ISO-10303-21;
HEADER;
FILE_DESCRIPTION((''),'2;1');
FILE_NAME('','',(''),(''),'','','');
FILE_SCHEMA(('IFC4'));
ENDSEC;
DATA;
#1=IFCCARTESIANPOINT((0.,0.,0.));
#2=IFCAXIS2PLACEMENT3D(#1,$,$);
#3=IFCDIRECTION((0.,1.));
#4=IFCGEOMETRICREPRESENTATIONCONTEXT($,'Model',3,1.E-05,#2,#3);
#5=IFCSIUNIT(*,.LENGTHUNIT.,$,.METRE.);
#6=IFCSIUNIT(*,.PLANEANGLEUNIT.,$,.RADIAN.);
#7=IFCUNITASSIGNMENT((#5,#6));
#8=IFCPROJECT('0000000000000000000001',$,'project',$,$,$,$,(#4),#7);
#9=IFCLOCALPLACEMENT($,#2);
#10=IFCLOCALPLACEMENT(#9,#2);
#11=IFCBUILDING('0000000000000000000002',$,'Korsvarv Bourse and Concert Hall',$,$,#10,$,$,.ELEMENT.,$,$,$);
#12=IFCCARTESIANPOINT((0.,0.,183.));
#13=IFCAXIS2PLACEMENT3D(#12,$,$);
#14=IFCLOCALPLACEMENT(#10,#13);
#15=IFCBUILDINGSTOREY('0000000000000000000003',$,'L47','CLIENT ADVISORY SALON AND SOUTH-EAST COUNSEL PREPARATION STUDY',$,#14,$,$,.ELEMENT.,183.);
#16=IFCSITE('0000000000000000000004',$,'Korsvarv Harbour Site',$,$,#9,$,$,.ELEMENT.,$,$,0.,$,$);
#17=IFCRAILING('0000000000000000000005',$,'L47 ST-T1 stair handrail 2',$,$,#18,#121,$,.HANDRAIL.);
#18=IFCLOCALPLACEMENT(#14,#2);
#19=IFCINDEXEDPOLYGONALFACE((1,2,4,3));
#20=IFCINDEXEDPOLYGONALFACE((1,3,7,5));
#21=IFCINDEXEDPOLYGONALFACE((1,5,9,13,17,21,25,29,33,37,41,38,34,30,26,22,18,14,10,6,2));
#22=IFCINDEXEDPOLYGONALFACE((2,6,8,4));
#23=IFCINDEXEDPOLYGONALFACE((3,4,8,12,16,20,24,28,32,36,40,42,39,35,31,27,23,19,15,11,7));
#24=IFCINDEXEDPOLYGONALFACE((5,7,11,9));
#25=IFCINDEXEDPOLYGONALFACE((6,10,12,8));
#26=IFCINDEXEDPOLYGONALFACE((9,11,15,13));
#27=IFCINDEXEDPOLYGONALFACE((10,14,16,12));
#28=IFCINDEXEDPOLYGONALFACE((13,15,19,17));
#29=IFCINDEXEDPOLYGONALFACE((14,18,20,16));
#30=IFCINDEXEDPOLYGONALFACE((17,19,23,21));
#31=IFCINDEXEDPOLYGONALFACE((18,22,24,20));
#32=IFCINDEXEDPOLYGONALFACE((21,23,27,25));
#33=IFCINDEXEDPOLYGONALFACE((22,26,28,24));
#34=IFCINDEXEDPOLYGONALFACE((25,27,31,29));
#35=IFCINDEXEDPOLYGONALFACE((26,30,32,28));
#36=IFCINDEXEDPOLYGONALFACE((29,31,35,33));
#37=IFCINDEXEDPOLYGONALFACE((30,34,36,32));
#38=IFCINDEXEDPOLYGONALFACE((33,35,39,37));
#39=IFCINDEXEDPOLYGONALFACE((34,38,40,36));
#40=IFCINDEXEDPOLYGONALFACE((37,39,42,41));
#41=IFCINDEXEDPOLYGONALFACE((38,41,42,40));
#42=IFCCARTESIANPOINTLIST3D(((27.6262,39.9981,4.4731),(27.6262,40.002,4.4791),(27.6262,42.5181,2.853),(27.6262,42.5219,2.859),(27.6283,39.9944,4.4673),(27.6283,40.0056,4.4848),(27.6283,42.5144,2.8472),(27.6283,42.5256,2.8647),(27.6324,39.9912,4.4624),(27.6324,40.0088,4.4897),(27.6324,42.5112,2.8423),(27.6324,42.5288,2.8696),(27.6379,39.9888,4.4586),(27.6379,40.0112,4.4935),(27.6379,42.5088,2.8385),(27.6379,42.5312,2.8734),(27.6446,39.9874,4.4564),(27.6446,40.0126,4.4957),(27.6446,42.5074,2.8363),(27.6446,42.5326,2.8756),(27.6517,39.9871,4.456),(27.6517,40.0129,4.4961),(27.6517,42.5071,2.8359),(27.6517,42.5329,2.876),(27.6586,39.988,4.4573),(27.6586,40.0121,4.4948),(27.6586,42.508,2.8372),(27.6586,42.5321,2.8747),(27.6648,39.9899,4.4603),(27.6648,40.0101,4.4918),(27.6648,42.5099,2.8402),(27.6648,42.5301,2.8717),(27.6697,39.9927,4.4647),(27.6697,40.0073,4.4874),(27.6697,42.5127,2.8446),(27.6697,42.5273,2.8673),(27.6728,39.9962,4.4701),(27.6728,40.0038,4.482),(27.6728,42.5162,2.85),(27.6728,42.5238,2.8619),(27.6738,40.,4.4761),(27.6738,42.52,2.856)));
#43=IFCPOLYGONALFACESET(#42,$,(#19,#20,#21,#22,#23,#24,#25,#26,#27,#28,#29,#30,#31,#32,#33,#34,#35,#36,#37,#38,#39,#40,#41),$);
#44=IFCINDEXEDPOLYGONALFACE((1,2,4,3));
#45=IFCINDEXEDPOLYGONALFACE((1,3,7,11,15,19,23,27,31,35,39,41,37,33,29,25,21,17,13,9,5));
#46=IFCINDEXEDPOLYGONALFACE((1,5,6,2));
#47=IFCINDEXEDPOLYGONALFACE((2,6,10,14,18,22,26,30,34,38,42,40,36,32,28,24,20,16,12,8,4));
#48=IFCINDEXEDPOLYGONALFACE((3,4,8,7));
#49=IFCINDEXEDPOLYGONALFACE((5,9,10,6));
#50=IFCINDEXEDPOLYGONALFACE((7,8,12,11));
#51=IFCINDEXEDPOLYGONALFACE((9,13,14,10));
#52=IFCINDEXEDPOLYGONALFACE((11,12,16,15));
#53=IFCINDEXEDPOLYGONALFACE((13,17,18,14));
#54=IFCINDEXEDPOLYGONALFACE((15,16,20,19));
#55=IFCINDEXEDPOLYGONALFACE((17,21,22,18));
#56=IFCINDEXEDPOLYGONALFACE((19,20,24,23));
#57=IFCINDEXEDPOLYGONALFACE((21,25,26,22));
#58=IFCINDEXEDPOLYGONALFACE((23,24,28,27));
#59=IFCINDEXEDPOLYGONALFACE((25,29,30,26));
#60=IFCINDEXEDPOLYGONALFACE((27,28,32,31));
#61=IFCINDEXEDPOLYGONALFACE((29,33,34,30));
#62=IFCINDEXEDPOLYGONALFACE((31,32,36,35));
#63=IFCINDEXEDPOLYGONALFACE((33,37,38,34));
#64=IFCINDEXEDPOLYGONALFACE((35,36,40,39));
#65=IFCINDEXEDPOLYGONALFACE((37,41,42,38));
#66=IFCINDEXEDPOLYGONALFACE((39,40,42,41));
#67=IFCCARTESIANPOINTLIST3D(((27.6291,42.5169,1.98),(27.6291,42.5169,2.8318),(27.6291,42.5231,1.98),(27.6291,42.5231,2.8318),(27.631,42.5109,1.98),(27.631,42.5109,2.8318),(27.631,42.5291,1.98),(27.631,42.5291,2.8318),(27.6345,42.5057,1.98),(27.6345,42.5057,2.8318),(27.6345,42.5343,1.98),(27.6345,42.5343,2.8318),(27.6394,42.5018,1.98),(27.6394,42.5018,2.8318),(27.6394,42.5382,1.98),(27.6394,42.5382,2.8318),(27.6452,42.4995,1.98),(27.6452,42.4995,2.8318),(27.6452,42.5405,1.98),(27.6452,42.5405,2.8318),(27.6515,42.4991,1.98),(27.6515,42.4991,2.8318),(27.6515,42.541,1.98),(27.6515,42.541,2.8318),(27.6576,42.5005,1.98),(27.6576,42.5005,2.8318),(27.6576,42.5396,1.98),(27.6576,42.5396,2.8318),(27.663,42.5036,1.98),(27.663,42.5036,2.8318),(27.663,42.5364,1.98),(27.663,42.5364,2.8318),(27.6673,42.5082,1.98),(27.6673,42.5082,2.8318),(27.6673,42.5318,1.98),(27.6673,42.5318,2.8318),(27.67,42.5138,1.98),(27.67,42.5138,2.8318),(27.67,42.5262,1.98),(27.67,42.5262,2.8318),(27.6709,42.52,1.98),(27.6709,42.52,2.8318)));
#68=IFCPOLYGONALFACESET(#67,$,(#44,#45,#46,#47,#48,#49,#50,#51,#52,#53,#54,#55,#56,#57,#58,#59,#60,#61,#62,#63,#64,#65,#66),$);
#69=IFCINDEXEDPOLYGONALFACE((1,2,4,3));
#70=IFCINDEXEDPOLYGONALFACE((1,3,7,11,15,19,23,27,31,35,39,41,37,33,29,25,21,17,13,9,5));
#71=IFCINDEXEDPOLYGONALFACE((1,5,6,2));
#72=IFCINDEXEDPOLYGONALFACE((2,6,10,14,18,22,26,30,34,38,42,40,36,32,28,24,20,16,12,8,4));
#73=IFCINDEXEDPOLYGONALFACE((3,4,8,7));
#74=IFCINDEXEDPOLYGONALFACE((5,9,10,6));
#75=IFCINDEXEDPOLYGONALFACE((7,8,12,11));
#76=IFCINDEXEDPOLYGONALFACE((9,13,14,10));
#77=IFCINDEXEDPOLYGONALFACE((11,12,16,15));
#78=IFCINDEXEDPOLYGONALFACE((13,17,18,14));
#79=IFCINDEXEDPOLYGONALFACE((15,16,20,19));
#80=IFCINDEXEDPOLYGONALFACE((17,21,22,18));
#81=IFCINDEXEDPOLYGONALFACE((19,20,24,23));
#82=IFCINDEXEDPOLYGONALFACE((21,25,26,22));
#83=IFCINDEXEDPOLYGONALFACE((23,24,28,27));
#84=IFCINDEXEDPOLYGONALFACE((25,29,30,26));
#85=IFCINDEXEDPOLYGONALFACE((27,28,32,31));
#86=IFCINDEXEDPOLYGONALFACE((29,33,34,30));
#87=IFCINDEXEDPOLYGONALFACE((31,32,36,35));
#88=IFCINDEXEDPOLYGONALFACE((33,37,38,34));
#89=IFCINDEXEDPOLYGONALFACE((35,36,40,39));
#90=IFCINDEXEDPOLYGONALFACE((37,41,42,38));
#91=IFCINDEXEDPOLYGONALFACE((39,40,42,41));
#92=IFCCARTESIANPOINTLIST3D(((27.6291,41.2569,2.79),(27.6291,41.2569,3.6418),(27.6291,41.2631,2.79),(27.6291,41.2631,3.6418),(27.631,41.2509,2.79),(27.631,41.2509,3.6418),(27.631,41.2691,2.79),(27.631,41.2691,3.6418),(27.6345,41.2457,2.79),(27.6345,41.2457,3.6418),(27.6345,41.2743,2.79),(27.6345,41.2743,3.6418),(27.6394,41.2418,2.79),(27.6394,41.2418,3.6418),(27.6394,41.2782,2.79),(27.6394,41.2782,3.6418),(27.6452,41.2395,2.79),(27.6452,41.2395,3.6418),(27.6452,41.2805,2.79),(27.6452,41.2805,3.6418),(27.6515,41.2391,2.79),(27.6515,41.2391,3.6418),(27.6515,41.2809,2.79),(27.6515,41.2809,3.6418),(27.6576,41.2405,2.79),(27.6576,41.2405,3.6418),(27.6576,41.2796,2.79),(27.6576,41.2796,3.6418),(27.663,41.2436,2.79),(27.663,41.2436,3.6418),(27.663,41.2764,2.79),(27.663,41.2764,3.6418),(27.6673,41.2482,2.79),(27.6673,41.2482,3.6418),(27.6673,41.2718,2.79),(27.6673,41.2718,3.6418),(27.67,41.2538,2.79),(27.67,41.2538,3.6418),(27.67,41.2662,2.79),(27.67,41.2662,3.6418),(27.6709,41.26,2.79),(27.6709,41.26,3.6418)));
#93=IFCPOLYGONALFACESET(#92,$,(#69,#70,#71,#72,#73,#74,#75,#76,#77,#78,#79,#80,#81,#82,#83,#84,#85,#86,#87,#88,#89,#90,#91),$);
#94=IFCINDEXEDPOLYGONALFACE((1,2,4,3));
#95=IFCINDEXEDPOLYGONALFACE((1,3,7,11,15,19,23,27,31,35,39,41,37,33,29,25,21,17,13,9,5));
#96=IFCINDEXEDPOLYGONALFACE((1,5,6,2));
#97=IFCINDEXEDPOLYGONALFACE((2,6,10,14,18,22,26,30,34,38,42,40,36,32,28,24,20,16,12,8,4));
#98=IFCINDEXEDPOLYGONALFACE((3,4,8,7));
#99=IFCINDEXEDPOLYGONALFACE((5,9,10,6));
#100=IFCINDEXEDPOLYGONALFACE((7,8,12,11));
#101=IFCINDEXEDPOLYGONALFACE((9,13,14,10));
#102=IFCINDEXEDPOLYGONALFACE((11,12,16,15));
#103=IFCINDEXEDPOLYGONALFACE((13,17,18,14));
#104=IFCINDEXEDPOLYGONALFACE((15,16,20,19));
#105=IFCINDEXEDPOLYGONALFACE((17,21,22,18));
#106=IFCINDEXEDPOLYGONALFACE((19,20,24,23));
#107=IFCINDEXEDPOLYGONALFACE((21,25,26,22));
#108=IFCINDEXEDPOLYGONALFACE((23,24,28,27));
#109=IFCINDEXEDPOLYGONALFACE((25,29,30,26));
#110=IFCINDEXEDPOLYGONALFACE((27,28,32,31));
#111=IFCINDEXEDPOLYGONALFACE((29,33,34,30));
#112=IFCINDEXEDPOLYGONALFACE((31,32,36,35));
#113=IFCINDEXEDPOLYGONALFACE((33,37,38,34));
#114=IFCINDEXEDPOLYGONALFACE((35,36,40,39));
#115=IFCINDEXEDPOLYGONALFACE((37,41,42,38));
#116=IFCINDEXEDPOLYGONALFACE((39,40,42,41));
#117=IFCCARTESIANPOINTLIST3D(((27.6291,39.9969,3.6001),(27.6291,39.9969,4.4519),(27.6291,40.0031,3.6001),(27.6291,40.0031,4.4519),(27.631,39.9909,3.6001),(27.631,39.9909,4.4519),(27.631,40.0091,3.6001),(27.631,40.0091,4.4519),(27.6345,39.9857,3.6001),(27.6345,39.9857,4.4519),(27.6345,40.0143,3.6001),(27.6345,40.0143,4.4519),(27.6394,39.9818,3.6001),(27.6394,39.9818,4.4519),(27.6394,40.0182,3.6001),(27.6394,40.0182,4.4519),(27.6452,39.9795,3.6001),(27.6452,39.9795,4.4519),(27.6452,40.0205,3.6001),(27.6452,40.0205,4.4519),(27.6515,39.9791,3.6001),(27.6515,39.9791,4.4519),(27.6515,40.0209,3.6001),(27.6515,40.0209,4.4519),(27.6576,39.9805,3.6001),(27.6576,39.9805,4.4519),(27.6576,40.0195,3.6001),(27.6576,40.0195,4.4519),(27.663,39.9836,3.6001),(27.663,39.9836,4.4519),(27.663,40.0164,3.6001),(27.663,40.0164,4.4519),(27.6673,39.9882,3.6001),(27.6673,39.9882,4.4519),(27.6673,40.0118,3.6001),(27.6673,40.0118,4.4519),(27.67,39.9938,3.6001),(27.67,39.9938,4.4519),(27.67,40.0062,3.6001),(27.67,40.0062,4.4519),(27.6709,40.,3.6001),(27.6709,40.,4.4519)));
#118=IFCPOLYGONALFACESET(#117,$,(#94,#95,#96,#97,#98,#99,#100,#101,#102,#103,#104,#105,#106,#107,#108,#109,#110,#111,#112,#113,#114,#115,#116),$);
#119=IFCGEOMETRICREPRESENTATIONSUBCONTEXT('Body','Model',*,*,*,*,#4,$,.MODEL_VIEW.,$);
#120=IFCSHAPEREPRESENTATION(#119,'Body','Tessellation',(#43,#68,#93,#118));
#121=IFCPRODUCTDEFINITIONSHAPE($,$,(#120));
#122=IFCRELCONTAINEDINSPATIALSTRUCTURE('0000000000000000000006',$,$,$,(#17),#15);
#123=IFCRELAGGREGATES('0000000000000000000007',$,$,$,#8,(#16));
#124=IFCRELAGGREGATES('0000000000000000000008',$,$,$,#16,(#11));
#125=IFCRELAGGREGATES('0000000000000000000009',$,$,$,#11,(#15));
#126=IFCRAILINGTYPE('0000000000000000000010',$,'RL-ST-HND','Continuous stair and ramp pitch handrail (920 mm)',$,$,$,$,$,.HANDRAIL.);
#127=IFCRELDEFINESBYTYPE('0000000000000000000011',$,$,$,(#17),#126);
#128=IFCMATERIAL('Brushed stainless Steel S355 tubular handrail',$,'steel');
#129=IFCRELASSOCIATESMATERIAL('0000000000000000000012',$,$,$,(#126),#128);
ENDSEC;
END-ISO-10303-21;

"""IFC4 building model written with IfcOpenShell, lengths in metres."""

from ifc_helpers import new_model, si_unit, direction, frame, origin, origin_2d, place, context, subcontext, project, spatial, circle, extrude, material, type_object, element, save


model = new_model("IFC4")

# Units and contexts
model_context = context("Model", 3, precision=1e-05, world=origin(), true_north=direction((0.0, 1.0)))
body_context = subcontext(model_context, "Body", "Model", "MODEL_VIEW")
ifc_project = project(units=[si_unit("LENGTHUNIT", "METRE"), si_unit("PLANEANGLEUNIT", "RADIAN")], contexts=[model_context])

# Site, building, storey
site_placement = place(None, origin())
site = spatial("IfcSite", under=ifc_project, at=site_placement, Name="Korsvarv Harbour Site", CompositionType="ELEMENT", RefElevation=0.0)
building_placement = place(site_placement, origin())
building = spatial("IfcBuilding", under=site, at=building_placement, Name="Korsvarv Bourse and Concert Hall", CompositionType="ELEMENT")
storey_placement = place(building_placement, frame((0.0, 0.0, 183.0)))
storey = spatial("IfcBuildingStorey", under=building, at=storey_placement, Name="L47", Description="CLIENT ADVISORY SALON AND SOUTH-EAST COUNSEL PREPARATION STUDY", CompositionType="ELEMENT", Elevation=183.0)

# Railing
ifc_material_1 = material(Name="Brushed stainless Steel S355 tubular handrail", Category="steel")
railing_type = type_object("IfcRailingType", Name="RL-ST-HND", Description="Continuous stair and ramp pitch handrail (920 mm)", PredefinedType="HANDRAIL", material=ifc_material_1)
railing_placement = place(storey_placement, frame((27.6499, 42.52, 1.98)))
element("IfcRailing", 1, at=railing_placement, inside=storey, type_object=railing_type, Name="L47 ST-T1 stair handrail 2", PredefinedType="HANDRAIL", context=body_context, shape_type="SweptSolid", body=[
    extrude(circle(Radius=0.0239, at=origin_2d()), frame((0.0, 0.0, 0.876), z_axis=(0.0, -0.841163, 0.540782), x_axis=(1.0, 0.0, 0.0)), (0.0, 0.0, 1.0), 2.9958),
    extrude(circle(Radius=0.021, at=origin_2d()), origin(), (0.0, 0.0, 1.0), 0.8518),
    extrude(circle(Radius=0.021, at=origin_2d()), frame((0.0, -1.26, 0.8101)), (0.0, 0.0, 1.0), 0.8518),
    extrude(circle(Radius=0.021, at=origin_2d()), frame((0.0, -2.52, 1.6201)), (0.0, 0.0, 1.0), 0.8518),
])

save(model, "model.ifc")
